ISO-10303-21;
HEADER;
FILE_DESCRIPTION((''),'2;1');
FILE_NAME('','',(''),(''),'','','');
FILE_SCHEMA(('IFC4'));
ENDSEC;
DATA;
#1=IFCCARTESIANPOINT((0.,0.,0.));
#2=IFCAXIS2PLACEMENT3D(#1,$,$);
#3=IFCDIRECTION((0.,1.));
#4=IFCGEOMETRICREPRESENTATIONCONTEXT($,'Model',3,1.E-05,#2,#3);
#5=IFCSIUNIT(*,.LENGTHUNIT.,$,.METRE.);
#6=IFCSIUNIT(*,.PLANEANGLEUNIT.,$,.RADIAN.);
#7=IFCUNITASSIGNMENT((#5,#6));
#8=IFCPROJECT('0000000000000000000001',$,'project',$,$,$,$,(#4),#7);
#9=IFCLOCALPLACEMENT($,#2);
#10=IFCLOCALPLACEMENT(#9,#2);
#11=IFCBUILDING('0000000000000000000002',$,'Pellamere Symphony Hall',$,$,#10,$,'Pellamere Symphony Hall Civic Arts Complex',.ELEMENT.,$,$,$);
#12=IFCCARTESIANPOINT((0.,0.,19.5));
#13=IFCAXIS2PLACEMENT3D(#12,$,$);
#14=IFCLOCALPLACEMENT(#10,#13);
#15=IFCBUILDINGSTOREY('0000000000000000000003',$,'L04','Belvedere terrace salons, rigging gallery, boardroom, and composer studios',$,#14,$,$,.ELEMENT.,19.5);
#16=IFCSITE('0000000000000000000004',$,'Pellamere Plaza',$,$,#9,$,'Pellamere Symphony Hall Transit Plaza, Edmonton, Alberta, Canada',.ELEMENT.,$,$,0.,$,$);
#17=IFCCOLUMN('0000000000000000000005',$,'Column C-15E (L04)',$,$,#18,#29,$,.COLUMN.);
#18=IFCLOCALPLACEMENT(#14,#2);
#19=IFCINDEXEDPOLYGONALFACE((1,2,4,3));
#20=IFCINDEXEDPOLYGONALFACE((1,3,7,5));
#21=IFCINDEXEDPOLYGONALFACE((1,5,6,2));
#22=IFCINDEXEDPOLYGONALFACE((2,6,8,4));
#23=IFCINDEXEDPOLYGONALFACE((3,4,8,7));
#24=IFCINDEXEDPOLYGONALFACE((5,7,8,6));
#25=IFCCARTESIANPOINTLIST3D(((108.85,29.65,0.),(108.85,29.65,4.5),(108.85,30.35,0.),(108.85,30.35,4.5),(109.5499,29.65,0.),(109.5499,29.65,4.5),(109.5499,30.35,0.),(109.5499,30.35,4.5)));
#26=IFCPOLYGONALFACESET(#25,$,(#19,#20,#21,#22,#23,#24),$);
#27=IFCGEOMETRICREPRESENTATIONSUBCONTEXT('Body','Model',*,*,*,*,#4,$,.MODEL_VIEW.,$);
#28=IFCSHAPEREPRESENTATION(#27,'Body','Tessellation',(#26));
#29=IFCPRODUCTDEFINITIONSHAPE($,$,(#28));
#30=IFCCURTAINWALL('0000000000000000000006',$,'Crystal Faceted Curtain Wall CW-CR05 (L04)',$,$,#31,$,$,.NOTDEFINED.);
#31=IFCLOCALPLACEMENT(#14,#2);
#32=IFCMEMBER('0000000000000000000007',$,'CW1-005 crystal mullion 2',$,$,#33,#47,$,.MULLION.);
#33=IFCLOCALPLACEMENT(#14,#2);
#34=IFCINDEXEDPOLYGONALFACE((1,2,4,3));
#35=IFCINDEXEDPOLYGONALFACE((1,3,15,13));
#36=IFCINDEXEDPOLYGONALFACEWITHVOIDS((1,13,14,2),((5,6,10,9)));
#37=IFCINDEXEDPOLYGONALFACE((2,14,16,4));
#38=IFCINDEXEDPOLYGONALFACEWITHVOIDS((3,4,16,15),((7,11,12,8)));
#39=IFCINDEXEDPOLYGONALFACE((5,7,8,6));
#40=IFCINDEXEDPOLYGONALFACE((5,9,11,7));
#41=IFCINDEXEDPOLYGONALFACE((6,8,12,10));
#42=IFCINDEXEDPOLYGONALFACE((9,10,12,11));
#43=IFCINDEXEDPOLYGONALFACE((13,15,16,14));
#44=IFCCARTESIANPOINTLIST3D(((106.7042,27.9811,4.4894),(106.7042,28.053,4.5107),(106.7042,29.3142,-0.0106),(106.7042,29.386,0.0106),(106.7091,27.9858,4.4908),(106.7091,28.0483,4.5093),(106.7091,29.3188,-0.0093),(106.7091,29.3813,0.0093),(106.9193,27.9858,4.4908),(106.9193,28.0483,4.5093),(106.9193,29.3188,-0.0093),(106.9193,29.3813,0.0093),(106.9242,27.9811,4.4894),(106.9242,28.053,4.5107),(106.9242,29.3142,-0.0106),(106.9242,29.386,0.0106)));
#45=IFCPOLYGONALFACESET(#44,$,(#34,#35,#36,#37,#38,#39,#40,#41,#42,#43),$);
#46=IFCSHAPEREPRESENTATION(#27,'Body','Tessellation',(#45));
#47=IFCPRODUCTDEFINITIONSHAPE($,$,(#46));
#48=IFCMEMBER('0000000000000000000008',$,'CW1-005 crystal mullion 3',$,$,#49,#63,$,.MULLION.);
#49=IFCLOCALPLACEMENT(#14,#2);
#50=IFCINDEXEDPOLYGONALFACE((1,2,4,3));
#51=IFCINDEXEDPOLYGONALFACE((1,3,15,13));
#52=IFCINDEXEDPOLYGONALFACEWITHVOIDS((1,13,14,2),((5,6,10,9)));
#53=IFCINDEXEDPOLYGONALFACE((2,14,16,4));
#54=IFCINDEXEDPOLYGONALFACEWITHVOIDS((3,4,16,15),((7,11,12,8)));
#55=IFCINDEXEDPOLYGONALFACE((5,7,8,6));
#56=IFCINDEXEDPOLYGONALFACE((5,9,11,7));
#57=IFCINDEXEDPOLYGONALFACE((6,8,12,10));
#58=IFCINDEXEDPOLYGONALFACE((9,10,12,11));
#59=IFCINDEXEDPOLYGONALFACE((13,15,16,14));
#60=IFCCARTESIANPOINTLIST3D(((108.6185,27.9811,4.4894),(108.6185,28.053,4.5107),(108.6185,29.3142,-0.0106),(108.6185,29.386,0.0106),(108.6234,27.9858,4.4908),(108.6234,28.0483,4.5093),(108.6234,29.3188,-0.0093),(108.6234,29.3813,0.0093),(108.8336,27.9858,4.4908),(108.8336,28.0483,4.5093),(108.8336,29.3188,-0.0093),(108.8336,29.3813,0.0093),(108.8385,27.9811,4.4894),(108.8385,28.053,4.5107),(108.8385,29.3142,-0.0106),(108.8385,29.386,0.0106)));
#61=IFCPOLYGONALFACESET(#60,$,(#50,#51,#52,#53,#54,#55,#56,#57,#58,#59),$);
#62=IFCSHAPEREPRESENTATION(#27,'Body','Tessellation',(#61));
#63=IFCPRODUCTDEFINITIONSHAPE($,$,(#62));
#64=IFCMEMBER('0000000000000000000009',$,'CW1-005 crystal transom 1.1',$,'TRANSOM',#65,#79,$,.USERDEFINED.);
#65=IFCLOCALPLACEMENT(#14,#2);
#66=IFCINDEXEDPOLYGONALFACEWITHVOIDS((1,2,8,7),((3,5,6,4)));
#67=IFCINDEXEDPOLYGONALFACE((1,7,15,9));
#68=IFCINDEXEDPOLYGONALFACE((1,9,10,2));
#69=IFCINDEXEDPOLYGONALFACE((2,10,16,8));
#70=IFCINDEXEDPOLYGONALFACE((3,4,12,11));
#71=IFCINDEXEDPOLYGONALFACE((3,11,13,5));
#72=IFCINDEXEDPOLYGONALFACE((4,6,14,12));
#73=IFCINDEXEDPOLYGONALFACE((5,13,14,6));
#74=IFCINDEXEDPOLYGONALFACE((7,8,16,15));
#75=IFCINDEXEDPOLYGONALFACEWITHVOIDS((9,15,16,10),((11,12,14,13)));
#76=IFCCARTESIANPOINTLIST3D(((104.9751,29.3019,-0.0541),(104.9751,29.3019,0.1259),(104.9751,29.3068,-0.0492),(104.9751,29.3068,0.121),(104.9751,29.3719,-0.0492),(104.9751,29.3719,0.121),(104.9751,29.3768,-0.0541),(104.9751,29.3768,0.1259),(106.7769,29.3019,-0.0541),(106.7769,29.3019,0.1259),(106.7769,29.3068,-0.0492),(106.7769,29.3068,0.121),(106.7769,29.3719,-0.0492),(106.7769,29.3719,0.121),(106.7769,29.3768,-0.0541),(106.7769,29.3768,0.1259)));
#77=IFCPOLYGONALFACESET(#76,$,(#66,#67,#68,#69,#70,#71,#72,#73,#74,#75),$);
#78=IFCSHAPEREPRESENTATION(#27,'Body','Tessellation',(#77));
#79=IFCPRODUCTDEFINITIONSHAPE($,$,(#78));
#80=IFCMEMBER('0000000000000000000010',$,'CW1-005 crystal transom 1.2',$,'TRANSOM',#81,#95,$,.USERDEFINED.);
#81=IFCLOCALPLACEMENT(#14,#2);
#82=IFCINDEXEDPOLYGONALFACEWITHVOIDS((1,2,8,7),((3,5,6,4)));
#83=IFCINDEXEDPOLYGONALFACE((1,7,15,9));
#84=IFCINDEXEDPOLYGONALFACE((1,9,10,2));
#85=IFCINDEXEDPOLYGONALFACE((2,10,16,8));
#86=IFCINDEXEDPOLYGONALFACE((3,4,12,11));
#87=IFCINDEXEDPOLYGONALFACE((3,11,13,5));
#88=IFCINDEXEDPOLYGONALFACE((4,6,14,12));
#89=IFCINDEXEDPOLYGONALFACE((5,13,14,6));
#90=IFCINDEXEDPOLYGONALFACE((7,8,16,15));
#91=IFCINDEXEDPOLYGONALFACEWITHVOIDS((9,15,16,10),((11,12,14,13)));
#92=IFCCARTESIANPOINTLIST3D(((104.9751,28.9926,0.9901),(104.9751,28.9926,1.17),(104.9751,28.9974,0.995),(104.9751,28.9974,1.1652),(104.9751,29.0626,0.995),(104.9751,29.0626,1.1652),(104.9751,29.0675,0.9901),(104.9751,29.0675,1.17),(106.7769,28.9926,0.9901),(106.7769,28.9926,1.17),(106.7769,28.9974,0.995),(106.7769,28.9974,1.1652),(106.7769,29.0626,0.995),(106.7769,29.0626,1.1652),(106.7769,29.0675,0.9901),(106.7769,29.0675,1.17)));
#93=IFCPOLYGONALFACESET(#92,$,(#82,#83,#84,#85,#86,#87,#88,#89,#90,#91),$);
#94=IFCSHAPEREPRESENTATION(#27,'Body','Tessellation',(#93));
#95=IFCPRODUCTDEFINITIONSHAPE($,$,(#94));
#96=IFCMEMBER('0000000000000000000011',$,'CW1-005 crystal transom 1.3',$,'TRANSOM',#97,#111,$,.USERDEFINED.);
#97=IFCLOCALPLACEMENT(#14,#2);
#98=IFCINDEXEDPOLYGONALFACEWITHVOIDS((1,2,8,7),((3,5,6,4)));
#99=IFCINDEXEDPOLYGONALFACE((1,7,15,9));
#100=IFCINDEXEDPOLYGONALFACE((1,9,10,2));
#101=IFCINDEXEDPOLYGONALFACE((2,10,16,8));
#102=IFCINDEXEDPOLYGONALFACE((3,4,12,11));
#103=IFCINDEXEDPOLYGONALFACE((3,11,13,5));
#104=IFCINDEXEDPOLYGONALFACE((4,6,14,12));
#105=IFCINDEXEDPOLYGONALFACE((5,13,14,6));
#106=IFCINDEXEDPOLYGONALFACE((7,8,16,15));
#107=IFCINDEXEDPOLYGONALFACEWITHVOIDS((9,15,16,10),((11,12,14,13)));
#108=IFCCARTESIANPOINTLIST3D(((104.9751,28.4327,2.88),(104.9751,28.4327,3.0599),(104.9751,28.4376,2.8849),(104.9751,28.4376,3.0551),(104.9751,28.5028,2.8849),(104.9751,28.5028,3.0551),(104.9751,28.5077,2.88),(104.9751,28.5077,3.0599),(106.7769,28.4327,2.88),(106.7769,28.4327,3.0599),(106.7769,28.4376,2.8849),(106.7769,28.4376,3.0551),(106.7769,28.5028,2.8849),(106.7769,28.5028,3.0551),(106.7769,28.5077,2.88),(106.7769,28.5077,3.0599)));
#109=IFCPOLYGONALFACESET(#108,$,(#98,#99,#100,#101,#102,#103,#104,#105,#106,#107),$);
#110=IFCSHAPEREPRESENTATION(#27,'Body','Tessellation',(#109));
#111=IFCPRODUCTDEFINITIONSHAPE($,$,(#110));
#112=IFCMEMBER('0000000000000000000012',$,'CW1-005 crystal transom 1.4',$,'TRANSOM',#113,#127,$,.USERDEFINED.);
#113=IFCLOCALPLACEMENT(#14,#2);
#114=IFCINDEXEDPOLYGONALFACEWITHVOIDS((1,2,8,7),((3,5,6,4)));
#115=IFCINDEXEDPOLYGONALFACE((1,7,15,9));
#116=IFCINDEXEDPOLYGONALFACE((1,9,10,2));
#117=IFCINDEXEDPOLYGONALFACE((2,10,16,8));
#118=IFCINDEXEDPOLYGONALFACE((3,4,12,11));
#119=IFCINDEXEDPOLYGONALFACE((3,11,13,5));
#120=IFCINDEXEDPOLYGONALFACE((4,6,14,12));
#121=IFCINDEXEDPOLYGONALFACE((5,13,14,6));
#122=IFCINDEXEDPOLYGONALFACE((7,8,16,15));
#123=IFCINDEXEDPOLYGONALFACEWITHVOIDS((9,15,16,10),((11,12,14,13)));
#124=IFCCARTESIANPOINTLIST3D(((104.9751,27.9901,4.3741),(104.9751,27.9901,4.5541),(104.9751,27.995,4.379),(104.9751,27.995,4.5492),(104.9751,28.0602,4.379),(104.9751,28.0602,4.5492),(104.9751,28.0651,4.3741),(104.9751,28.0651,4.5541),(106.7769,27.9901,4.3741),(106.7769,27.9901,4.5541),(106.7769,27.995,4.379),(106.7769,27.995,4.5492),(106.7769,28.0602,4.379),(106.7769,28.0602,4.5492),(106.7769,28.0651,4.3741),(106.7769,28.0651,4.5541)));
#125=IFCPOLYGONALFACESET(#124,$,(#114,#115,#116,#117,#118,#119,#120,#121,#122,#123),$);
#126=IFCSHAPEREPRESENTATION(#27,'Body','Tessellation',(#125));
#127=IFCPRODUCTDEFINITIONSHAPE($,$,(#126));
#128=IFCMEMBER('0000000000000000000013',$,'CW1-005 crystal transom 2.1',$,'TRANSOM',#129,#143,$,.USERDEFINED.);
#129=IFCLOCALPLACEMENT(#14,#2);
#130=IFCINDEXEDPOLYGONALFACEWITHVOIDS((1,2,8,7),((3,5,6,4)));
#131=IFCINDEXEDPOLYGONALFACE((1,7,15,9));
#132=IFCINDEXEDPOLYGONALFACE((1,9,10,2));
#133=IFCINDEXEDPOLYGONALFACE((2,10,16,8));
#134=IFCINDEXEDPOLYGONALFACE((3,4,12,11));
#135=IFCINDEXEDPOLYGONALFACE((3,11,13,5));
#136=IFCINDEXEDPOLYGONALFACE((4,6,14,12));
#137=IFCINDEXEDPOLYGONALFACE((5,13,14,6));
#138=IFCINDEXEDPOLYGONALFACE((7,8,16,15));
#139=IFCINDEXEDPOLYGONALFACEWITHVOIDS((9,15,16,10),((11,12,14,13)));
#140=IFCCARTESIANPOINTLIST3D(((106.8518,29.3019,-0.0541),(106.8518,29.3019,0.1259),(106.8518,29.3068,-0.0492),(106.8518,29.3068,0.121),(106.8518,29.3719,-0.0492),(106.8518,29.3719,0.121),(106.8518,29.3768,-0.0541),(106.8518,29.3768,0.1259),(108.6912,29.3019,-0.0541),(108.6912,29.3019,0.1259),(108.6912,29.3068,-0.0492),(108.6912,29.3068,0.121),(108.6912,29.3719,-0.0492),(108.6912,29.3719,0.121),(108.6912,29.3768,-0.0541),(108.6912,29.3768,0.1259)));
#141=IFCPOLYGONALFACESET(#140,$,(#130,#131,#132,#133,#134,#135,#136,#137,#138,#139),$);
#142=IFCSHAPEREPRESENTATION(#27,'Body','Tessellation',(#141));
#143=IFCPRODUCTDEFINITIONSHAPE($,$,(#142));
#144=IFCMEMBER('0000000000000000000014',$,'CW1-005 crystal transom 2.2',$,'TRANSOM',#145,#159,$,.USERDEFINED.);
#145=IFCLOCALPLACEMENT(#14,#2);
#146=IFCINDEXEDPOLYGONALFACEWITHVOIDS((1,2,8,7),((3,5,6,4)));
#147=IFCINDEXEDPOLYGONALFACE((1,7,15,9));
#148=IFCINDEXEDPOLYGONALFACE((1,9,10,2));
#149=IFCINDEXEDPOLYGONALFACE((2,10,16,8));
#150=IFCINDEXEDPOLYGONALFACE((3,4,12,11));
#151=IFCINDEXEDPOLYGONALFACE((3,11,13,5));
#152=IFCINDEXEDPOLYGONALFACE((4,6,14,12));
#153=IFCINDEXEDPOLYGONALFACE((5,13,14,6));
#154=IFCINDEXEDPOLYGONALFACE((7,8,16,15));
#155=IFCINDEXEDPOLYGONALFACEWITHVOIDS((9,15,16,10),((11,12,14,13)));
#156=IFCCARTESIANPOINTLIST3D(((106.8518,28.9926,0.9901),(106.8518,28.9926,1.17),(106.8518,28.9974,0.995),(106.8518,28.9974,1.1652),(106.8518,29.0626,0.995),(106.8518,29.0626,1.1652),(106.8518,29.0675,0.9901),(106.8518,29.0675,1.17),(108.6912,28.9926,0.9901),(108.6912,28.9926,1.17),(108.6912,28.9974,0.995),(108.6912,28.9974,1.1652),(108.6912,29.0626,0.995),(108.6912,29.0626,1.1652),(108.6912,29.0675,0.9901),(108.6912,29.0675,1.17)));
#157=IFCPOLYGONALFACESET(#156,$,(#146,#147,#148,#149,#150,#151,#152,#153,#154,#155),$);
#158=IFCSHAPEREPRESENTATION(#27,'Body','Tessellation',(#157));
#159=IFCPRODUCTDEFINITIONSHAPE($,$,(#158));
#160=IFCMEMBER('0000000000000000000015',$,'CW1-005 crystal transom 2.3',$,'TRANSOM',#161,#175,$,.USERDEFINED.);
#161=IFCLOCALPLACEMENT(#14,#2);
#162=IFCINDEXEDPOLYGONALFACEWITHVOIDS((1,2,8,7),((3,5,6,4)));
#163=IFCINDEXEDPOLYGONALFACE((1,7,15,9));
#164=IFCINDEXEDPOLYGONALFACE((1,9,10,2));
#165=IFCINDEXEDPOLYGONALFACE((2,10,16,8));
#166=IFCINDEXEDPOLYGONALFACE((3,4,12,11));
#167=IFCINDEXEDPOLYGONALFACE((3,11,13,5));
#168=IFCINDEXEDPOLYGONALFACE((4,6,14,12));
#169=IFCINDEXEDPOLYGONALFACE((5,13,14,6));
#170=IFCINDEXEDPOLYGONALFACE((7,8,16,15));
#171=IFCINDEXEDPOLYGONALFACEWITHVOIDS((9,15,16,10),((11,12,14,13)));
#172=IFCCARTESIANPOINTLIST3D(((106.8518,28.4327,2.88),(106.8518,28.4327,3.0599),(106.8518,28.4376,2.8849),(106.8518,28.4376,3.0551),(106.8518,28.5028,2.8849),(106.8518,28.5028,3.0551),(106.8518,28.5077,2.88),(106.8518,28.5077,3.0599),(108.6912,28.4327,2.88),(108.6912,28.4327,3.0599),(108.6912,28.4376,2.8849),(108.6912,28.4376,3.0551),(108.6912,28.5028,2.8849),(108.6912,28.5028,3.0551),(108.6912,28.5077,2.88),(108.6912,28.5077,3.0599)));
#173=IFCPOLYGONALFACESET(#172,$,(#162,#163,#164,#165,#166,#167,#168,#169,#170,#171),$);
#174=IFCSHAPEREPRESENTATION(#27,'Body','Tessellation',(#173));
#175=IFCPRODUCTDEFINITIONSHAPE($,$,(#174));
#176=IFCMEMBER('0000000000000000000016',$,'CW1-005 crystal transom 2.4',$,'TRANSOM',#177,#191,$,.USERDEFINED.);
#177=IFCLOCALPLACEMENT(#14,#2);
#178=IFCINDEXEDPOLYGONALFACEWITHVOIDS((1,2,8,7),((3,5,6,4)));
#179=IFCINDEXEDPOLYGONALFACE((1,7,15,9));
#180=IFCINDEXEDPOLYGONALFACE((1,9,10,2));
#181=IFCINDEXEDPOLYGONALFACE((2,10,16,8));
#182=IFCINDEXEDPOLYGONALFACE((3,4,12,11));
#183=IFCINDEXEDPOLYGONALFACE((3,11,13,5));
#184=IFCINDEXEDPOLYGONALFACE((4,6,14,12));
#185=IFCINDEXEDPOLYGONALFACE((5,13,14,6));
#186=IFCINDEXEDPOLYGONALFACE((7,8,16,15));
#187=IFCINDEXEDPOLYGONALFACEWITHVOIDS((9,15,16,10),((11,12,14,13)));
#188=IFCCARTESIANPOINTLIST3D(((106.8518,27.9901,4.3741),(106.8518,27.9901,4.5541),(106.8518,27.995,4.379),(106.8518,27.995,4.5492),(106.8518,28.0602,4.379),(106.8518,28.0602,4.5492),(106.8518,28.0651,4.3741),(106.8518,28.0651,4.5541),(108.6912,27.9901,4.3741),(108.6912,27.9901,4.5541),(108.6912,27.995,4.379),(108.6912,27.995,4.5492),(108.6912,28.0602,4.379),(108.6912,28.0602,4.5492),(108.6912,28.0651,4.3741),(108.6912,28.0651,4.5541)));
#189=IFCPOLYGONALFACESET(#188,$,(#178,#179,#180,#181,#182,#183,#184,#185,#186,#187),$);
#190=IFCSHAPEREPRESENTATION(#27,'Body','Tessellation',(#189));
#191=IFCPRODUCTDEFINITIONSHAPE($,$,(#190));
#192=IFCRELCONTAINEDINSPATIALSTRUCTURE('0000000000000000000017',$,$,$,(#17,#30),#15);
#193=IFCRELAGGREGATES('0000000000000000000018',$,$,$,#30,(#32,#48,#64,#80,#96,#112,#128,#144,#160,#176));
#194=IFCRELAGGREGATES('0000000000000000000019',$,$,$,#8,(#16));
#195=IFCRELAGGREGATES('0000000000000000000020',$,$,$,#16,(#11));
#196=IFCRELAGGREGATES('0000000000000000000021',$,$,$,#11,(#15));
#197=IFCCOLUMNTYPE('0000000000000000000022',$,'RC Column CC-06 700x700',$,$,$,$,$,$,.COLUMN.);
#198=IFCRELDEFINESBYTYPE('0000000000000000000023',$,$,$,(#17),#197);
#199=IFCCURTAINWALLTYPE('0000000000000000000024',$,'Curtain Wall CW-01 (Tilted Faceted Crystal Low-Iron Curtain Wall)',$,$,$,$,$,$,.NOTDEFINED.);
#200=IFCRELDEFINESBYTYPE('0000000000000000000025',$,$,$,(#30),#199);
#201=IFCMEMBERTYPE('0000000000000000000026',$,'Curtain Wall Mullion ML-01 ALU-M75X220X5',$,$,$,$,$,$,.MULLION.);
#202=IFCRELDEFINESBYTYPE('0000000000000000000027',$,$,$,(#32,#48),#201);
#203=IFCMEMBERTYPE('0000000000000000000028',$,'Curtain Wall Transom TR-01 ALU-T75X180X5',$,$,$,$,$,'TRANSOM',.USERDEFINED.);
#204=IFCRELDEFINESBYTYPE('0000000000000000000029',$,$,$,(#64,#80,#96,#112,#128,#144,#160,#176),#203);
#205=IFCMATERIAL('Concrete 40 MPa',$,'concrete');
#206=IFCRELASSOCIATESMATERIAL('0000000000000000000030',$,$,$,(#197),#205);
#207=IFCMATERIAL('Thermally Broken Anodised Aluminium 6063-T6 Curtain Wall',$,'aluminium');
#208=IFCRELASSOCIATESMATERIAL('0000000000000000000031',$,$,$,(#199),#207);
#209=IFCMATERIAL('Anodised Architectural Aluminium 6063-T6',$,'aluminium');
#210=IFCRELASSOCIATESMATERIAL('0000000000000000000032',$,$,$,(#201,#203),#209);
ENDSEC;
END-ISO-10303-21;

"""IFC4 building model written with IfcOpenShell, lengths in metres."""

from ifc_helpers import new_model, si_unit, direction, frame, origin, origin_2d, place, context, subcontext, project, spatial, rectangle, hollow_rectangle, extrude, material, material_profile, profile_set, type_object, element, aggregate, save


model = new_model("IFC4")

# Units and contexts
model_context = context("Model", 3, precision=1e-05, world=origin(), true_north=direction((0.0, 1.0)))
body_context = subcontext(model_context, "Body", "Model", "MODEL_VIEW")
ifc_project = project(units=[si_unit("LENGTHUNIT", "METRE"), si_unit("PLANEANGLEUNIT", "RADIAN")], contexts=[model_context])

# Site, building, storey
site_placement = place(None, origin())
site = spatial("IfcSite", under=ifc_project, at=site_placement, Name="Pellamere Plaza", LongName="Pellamere Symphony Hall Transit Plaza, Edmonton, Alberta, Canada", CompositionType="ELEMENT", RefElevation=0.0)
building_placement = place(site_placement, origin())
building = spatial("IfcBuilding", under=site, at=building_placement, Name="Pellamere Symphony Hall", LongName="Pellamere Symphony Hall Civic Arts Complex", CompositionType="ELEMENT")
storey_placement = place(building_placement, frame((0.0, 0.0, 19.5)))
storey = spatial("IfcBuildingStorey", under=building, at=storey_placement, Name="L04", Description="Belvedere terrace salons, rigging gallery, boardroom, and composer studios", CompositionType="ELEMENT", Elevation=19.5)

# Column
ifc_material_1 = material(Name="Concrete 40 MPa", Category="concrete")
ifc_material_profile_1 = material_profile(ifc_material_1, rectangle(XDim=0.7, YDim=0.7, at=origin_2d()), Name="RC 700x700")
ifc_profile_set_1 = profile_set([ifc_material_profile_1], Name="Concrete 40 MPa")
column_type = type_object("IfcColumnType", Name="RC Column CC-06 700x700", PredefinedType="COLUMN", material=ifc_profile_set_1)
column_placement = place(storey_placement, frame((109.2, 30.0, 0.0), z_axis=(0.0, 0.0, 1.0), x_axis=(1.0, 0.0, 0.0)))
element("IfcColumn", 1, at=column_placement, inside=storey, type_object=column_type, Name="Column C-15E (L04)", PredefinedType="COLUMN", context=body_context, shape_type="SweptSolid", body=[
    extrude(rectangle(XDim=0.7, YDim=0.7, at=origin_2d()), origin(), (0.0, 0.0, 1.0), 4.5),
])

# Curtain wall, members
ifc_material_2 = material(Name="Thermally Broken Anodised Aluminium 6063-T6 Curtain Wall", Category="aluminium")
curtain_wall_type = type_object("IfcCurtainWallType", Name="Curtain Wall CW-01 (Tilted Faceted Crystal Low-Iron Curtain Wall)", PredefinedType="NOTDEFINED", material=ifc_material_2)
curtain_wall_placement = place(storey_placement, origin())
curtain_wall = element("IfcCurtainWall", 2, at=curtain_wall_placement, inside=storey, type_object=curtain_wall_type, Name="Crystal Faceted Curtain Wall CW-CR05 (L04)", PredefinedType="NOTDEFINED")
ifc_material_3 = material(Name="Anodised Architectural Aluminium 6063-T6", Category="aluminium")
ifc_material_profile_2 = material_profile(ifc_material_3, hollow_rectangle(XDim=0.075, YDim=0.22, WallThickness=0.0049, at=origin_2d()), Name="ALU-M75X220X5")
ifc_profile_set_2 = profile_set([ifc_material_profile_2], Name="Anodised Architectural Aluminium 6063-T6")
member_type_1 = type_object("IfcMemberType", Name="Curtain Wall Mullion ML-01 ALU-M75X220X5", PredefinedType="MULLION", material=ifc_profile_set_2)
member_1_placement = place(storey_placement, frame((106.8142, 29.3501, 0.0), z_axis=(0.0, -0.284025, 0.958817), x_axis=(0.0, 0.958817, 0.284025)))
member_1 = element("IfcMember", 3, at=member_1_placement, type_object=member_type_1, Name="CW1-005 crystal mullion 2", PredefinedType="MULLION", context=body_context, shape_type="SweptSolid", body=[
    extrude(hollow_rectangle(XDim=0.075, YDim=0.22, WallThickness=0.0049, at=origin_2d()), origin(), (0.0, 0.0, 1.0), 4.6934),
])
member_2_placement = place(storey_placement, frame((108.7285, 29.3501, 0.0), z_axis=(0.0, -0.284025, 0.958817), x_axis=(0.0, 0.958817, 0.284025)))
member_2 = element("IfcMember", 4, at=member_2_placement, type_object=member_type_1, Name="CW1-005 crystal mullion 3", PredefinedType="MULLION", context=body_context, shape_type="SweptSolid", body=[
    extrude(hollow_rectangle(XDim=0.075, YDim=0.22, WallThickness=0.0049, at=origin_2d()), origin(), (0.0, 0.0, 1.0), 4.6934),
])
ifc_material_profile_3 = material_profile(ifc_material_3, hollow_rectangle(XDim=0.075, YDim=0.1799, WallThickness=0.0049, at=origin_2d()), Name="ALU-T75X180X5")
ifc_profile_set_3 = profile_set([ifc_material_profile_3], Name="Anodised Architectural Aluminium 6063-T6")
member_type_2 = type_object("IfcMemberType", Name="Curtain Wall Transom TR-01 ALU-T75X180X5", ElementType="TRANSOM", PredefinedType="USERDEFINED", material=ifc_profile_set_3)
member_3_placement = place(storey_placement, frame((104.9751, 29.3394, 0.0359), z_axis=(1.0, 0.0, 0.0), x_axis=(0.0, 1.0, 0.0)))
member_3 = element("IfcMember", 5, at=member_3_placement, type_object=member_type_2, Name="CW1-005 crystal transom 1.1", ObjectType="TRANSOM", PredefinedType="USERDEFINED", context=body_context, shape_type="SweptSolid", body=[
    extrude(hollow_rectangle(XDim=0.075, YDim=0.1799, WallThickness=0.0049, at=origin_2d()), origin(), (0.0, 0.0, 1.0), 1.8018),
])
member_4_placement = place(storey_placement, frame((104.9751, 29.03, 1.0801), z_axis=(1.0, 0.0, 0.0), x_axis=(0.0, 1.0, 0.0)))
member_4 = element("IfcMember", 6, at=member_4_placement, type_object=member_type_2, Name="CW1-005 crystal transom 1.2", ObjectType="TRANSOM", PredefinedType="USERDEFINED", context=body_context, shape_type="SweptSolid", body=[
    extrude(hollow_rectangle(XDim=0.075, YDim=0.1799, WallThickness=0.0049, at=origin_2d()), origin(), (0.0, 0.0, 1.0), 1.8018),
])
member_5_placement = place(storey_placement, frame((104.9751, 28.4702, 2.97), z_axis=(1.0, 0.0, 0.0), x_axis=(0.0, 1.0, 0.0)))
member_5 = element("IfcMember", 7, at=member_5_placement, type_object=member_type_2, Name="CW1-005 crystal transom 1.3", ObjectType="TRANSOM", PredefinedType="USERDEFINED", context=body_context, shape_type="SweptSolid", body=[
    extrude(hollow_rectangle(XDim=0.075, YDim=0.1799, WallThickness=0.0049, at=origin_2d()), origin(), (0.0, 0.0, 1.0), 1.8018),
])
member_6_placement = place(storey_placement, frame((104.9751, 28.0276, 4.4641), z_axis=(1.0, 0.0, 0.0), x_axis=(0.0, 1.0, 0.0)))
member_6 = element("IfcMember", 8, at=member_6_placement, type_object=member_type_2, Name="CW1-005 crystal transom 1.4", ObjectType="TRANSOM", PredefinedType="USERDEFINED", context=body_context, shape_type="SweptSolid", body=[
    extrude(hollow_rectangle(XDim=0.075, YDim=0.1799, WallThickness=0.0049, at=origin_2d()), origin(), (0.0, 0.0, 1.0), 1.8018),
])
member_7_placement = place(storey_placement, frame((106.8518, 29.3394, 0.0359), z_axis=(1.0, 0.0, 0.0), x_axis=(0.0, 1.0, 0.0)))
member_7 = element("IfcMember", 9, at=member_7_placement, type_object=member_type_2, Name="CW1-005 crystal transom 2.1", ObjectType="TRANSOM", PredefinedType="USERDEFINED", context=body_context, shape_type="SweptSolid", body=[
    extrude(hollow_rectangle(XDim=0.075, YDim=0.1799, WallThickness=0.0049, at=origin_2d()), origin(), (0.0, 0.0, 1.0), 1.8394),
])
member_8_placement = place(storey_placement, frame((106.8518, 29.03, 1.0801), z_axis=(1.0, 0.0, 0.0), x_axis=(0.0, 1.0, 0.0)))
member_8 = element("IfcMember", 10, at=member_8_placement, type_object=member_type_2, Name="CW1-005 crystal transom 2.2", ObjectType="TRANSOM", PredefinedType="USERDEFINED", context=body_context, shape_type="SweptSolid", body=[
    extrude(hollow_rectangle(XDim=0.075, YDim=0.1799, WallThickness=0.0049, at=origin_2d()), origin(), (0.0, 0.0, 1.0), 1.8394),
])
member_9_placement = place(storey_placement, frame((106.8518, 28.4702, 2.97), z_axis=(1.0, 0.0, 0.0), x_axis=(0.0, 1.0, 0.0)))
member_9 = element("IfcMember", 11, at=member_9_placement, type_object=member_type_2, Name="CW1-005 crystal transom 2.3", ObjectType="TRANSOM", PredefinedType="USERDEFINED", context=body_context, shape_type="SweptSolid", body=[
    extrude(hollow_rectangle(XDim=0.075, YDim=0.1799, WallThickness=0.0049, at=origin_2d()), origin(), (0.0, 0.0, 1.0), 1.8394),
])
member_10_placement = place(storey_placement, frame((106.8518, 28.0276, 4.4641), z_axis=(1.0, 0.0, 0.0), x_axis=(0.0, 1.0, 0.0)))
member_10 = element("IfcMember", 12, at=member_10_placement, type_object=member_type_2, Name="CW1-005 crystal transom 2.4", ObjectType="TRANSOM", PredefinedType="USERDEFINED", context=body_context, shape_type="SweptSolid", body=[
    extrude(hollow_rectangle(XDim=0.075, YDim=0.1799, WallThickness=0.0049, at=origin_2d()), origin(), (0.0, 0.0, 1.0), 1.8394),
])

aggregate(curtain_wall, [member_1, member_2, member_3, member_4, member_5, member_6, member_7, member_8, member_9, member_10])

save(model, "model.ifc")
